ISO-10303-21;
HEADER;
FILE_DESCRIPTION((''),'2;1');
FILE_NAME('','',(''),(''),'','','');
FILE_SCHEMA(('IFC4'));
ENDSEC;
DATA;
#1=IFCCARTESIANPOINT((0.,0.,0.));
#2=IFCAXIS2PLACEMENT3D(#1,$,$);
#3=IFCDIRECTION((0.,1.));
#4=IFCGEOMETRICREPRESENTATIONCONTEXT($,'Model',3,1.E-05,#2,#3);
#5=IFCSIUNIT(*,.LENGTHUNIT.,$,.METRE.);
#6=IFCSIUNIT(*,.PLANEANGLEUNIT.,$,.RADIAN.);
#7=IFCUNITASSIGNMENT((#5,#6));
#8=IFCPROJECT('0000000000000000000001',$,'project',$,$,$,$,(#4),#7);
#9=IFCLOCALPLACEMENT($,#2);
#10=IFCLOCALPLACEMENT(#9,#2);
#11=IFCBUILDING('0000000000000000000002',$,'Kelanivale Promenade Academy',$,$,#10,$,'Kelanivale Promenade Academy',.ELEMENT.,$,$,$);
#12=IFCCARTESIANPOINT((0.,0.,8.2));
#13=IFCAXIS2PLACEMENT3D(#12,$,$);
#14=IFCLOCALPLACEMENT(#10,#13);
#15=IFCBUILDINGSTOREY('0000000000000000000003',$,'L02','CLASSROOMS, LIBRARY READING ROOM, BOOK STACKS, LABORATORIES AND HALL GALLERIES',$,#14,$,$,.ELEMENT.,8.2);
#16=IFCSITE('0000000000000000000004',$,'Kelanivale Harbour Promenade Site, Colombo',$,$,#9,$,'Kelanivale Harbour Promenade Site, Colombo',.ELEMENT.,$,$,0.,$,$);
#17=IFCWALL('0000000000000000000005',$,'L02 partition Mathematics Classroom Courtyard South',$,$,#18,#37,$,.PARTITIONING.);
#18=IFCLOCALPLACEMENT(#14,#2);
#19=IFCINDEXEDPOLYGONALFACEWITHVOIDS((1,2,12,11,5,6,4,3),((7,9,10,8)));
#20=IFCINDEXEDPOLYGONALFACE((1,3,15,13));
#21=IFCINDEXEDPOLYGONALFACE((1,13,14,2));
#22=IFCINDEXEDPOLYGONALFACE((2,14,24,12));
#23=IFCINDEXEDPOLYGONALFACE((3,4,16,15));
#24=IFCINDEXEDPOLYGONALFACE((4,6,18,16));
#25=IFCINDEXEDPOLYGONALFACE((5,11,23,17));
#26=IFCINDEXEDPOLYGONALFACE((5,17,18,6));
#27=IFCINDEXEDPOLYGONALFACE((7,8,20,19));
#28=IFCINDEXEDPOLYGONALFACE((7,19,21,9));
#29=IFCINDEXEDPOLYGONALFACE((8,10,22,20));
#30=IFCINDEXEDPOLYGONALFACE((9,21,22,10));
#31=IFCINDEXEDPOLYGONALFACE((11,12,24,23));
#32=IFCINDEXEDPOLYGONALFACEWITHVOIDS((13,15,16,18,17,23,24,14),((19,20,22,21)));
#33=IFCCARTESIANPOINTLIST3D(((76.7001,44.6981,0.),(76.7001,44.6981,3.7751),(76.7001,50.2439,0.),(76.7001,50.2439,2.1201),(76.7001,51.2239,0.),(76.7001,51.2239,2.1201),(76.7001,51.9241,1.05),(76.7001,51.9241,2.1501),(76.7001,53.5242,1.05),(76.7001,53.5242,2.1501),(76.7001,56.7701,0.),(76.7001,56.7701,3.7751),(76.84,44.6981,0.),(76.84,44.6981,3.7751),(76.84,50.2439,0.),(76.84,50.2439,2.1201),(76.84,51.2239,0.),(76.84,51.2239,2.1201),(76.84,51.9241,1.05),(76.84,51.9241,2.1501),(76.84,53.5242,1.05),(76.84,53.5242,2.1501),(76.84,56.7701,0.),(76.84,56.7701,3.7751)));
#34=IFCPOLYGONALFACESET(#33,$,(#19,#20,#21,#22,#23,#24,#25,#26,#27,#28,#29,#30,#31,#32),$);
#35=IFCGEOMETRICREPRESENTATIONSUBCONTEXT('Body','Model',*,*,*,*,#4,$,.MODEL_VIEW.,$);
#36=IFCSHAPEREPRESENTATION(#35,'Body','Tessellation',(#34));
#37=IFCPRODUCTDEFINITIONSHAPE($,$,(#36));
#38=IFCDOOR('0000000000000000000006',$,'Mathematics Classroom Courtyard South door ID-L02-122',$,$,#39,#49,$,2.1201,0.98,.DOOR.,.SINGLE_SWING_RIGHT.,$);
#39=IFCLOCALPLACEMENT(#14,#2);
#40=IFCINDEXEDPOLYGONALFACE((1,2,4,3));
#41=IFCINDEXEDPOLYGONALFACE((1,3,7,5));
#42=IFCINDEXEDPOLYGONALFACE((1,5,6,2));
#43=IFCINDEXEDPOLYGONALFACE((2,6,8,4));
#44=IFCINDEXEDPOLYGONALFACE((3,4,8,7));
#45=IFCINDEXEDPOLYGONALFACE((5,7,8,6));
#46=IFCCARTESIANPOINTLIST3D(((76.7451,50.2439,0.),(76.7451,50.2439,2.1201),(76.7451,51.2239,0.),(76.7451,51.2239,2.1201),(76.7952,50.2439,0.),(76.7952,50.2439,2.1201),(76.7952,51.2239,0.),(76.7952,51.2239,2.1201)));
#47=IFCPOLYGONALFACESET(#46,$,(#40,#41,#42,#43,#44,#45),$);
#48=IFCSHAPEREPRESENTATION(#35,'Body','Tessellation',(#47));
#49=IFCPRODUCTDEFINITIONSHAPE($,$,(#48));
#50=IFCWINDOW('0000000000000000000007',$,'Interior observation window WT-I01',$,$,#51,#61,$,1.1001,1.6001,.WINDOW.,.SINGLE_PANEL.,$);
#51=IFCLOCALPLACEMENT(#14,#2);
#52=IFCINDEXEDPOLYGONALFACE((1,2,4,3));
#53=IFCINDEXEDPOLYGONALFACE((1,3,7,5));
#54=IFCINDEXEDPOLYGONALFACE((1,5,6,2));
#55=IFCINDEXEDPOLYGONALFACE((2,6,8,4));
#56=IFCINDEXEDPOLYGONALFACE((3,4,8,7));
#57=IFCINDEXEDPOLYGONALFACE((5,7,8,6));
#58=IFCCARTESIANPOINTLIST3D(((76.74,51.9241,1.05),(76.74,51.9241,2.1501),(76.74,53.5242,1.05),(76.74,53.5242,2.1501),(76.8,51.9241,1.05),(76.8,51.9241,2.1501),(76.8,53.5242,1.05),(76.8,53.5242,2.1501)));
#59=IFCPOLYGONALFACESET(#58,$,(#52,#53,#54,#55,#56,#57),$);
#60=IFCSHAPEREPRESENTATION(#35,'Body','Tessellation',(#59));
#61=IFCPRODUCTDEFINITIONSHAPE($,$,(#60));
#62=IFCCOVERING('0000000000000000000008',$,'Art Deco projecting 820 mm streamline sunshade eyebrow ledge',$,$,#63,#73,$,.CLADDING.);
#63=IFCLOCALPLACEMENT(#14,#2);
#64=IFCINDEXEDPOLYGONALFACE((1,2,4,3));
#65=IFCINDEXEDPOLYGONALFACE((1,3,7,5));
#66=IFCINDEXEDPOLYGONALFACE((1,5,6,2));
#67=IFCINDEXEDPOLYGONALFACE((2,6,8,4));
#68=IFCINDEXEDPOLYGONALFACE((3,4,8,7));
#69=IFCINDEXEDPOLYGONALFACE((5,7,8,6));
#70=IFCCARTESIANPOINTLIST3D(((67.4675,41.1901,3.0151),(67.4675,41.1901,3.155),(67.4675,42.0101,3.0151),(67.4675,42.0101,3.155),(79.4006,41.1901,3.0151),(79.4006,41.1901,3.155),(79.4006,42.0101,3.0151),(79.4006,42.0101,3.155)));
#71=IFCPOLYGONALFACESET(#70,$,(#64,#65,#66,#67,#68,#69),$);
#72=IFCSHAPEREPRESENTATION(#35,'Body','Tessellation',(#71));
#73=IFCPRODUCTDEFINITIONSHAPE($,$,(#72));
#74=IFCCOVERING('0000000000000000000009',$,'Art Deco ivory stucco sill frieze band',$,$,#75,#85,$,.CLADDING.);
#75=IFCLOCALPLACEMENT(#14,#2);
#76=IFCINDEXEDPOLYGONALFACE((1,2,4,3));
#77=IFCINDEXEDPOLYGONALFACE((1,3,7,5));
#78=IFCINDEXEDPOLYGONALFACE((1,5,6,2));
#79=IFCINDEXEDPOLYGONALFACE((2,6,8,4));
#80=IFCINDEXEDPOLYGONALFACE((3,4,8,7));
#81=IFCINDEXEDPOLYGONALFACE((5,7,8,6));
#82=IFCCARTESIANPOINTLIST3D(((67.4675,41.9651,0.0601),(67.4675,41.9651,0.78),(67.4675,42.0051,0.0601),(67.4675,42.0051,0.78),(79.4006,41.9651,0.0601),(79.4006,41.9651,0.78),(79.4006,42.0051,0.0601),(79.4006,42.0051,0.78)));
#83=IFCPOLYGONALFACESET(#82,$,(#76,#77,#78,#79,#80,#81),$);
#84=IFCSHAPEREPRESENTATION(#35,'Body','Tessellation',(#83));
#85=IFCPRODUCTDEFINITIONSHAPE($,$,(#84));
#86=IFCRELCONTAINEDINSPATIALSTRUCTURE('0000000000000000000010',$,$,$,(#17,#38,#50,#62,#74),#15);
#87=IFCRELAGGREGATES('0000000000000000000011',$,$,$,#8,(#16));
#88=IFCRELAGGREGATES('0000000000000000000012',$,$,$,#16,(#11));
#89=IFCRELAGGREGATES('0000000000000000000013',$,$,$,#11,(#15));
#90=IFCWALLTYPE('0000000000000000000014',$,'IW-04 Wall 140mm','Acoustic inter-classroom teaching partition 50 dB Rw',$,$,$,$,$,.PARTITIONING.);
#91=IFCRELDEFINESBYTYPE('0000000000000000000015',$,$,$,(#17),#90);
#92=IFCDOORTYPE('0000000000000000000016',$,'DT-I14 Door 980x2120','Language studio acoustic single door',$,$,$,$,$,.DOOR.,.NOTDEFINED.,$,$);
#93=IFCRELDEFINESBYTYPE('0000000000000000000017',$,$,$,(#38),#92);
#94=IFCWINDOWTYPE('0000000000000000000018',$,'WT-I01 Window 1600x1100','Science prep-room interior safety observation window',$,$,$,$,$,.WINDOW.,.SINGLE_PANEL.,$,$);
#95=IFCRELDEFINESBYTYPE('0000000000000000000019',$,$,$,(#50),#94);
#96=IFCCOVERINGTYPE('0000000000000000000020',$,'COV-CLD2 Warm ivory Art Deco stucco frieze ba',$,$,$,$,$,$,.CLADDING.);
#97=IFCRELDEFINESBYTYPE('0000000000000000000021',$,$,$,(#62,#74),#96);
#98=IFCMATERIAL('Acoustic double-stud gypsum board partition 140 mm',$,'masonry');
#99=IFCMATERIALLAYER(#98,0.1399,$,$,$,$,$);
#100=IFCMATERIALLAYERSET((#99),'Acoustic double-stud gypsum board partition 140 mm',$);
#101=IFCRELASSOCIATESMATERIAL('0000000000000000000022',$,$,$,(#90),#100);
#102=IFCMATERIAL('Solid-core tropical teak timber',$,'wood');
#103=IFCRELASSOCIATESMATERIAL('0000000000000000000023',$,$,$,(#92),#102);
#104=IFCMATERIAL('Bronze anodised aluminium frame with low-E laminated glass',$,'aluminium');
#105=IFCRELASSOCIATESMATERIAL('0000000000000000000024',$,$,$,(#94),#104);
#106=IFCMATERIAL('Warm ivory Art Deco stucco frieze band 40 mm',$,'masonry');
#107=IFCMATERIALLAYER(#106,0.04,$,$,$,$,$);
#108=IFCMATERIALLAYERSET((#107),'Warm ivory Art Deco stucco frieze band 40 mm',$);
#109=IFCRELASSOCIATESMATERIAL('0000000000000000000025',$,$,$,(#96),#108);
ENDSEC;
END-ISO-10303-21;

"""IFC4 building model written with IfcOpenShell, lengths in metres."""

from ifc_helpers import new_model, si_unit, direction, frame, frame_2d, origin, origin_2d, place, context, subcontext, project, spatial, rectangle, extrude, material, layer, layer_set, type_object, element, fill, save


model = new_model("IFC4")

# Units and contexts
model_context = context("Model", 3, precision=1e-05, world=origin(), true_north=direction((0.0, 1.0)))
body_context = subcontext(model_context, "Body", "Model", "MODEL_VIEW")
ifc_project = project(units=[si_unit("LENGTHUNIT", "METRE"), si_unit("PLANEANGLEUNIT", "RADIAN")], contexts=[model_context])

# Site, building, storey
site_placement = place(None, origin())
site = spatial("IfcSite", under=ifc_project, at=site_placement, Name="Kelanivale Harbour Promenade Site, Colombo", LongName="Kelanivale Harbour Promenade Site, Colombo", CompositionType="ELEMENT", RefElevation=0.0)
building_placement = place(site_placement, origin())
building = spatial("IfcBuilding", under=site, at=building_placement, Name="Kelanivale Promenade Academy", LongName="Kelanivale Promenade Academy", CompositionType="ELEMENT")
storey_placement = place(building_placement, frame((0.0, 0.0, 8.2)))
storey = spatial("IfcBuildingStorey", under=building, at=storey_placement, Name="L02", Description="CLASSROOMS, LIBRARY READING ROOM, BOOK STACKS, LABORATORIES AND HALL GALLERIES", CompositionType="ELEMENT", Elevation=8.2)

# Shared definitions
ifc_material_1 = material(Name="Bronze anodised aluminium frame with low-E laminated glass", Category="aluminium")

# Shared definitions
ifc_material_2 = material(Name="Acoustic double-stud gypsum board partition 140 mm", Category="masonry")
ifc_layer_1 = layer(ifc_material_2, 0.1399)
ifc_layer_set_1 = layer_set([ifc_layer_1], Name="Acoustic double-stud gypsum board partition 140 mm")
wall_type_1 = type_object("IfcWallType", Name="IW-04 Wall 140mm", Description="Acoustic inter-classroom teaching partition 50 dB Rw", PredefinedType="PARTITIONING", material=ifc_layer_set_1)

# Wall, openings, door, window
wall_1_placement = place(storey_placement, frame((76.77, 44.698, 0.0), z_axis=(0.0, 0.0, 1.0), x_axis=(0.0, 1.0, 0.0)))
wall_1 = element("IfcWall", 1, at=wall_1_placement, inside=storey, type_object=wall_type_1, Name="L02 partition Mathematics Classroom Courtyard South", PredefinedType="PARTITIONING", context=body_context, shape_type="SweptSolid", body=[
    extrude(rectangle(XDim=12.072, YDim=0.1399, at=frame_2d((6.0361, 0.0))), origin(), (0.0, 0.0, 1.0), 3.7751),
])
opening_1_placement = place(wall_1_placement, frame((5.5459, 0.0, 0.0)))
opening_1 = element("IfcOpeningElement", 2, at=opening_1_placement, cuts=wall_1, PredefinedType="OPENING", context=body_context, shape_type="SweptSolid", body=[
    extrude(rectangle(XDim=0.98, YDim=2.1201, at=frame_2d((0.49, 1.0601))), frame((0.0, 0.0801, 0.0), z_axis=(0.0, -1.0, 0.0), x_axis=(1.0, 0.0, 0.0)), (0.0, 0.0, 1.0), 0.1599),
])
opening_2_placement = place(wall_1_placement, frame((7.2261, 0.0, 1.05)))
opening_2 = element("IfcOpeningElement", 3, at=opening_2_placement, cuts=wall_1, PredefinedType="OPENING", context=body_context, shape_type="SweptSolid", body=[
    extrude(rectangle(XDim=1.6001, YDim=1.1001, at=frame_2d((0.8, 0.55))), frame((0.0, 0.0801, 0.0), z_axis=(0.0, -1.0, 0.0), x_axis=(1.0, 0.0, 0.0)), (0.0, 0.0, 1.0), 0.1599),
])
ifc_material_3 = material(Name="Solid-core tropical teak timber", Category="wood")
door_type_1 = type_object("IfcDoorType", Name="DT-I14 Door 980x2120", Description="Language studio acoustic single door", OperationType="NOTDEFINED", PredefinedType="DOOR", material=ifc_material_3)
door_1_placement = place(opening_1_placement, origin())
door_1 = element("IfcDoor", 4, at=door_1_placement, inside=storey, type_object=door_type_1, Name="Mathematics Classroom Courtyard South door ID-L02-122", OperationType="SINGLE_SWING_RIGHT", OverallHeight=2.1201, OverallWidth=0.98, PredefinedType="DOOR", context=body_context, shape_type="SweptSolid", body=[
    extrude(rectangle(XDim=0.98, YDim=2.1201, at=frame_2d((0.49, 1.0601))), frame((0.0, 0.0249, 0.0), z_axis=(0.0, -1.0, 0.0), x_axis=(1.0, 0.0, 0.0)), (0.0, 0.0, 1.0), 0.05),
])
fill(opening_1, door_1)
window_type_1 = type_object("IfcWindowType", Name="WT-I01 Window 1600x1100", Description="Science prep-room interior safety observation window", PartitioningType="SINGLE_PANEL", PredefinedType="WINDOW", material=ifc_material_1)
window_1_placement = place(opening_2_placement, origin())
window_1 = element("IfcWindow", 5, at=window_1_placement, inside=storey, type_object=window_type_1, Name="Interior observation window WT-I01", OverallHeight=1.1001, OverallWidth=1.6001, PartitioningType="SINGLE_PANEL", PredefinedType="WINDOW", context=body_context, shape_type="SweptSolid", body=[
    extrude(rectangle(XDim=1.6001, YDim=1.1001, at=frame_2d((0.8, 0.55))), frame((0.0, 0.03, 0.0), z_axis=(0.0, -1.0, 0.0), x_axis=(1.0, 0.0, 0.0)), (0.0, 0.0, 1.0), 0.0601),
])
fill(opening_2, window_1)

# Coverings
ifc_material_4 = material(Name="Warm ivory Art Deco stucco frieze band 40 mm", Category="masonry")
ifc_layer_2 = layer(ifc_material_4, 0.04)
ifc_layer_set_2 = layer_set([ifc_layer_2], Name="Warm ivory Art Deco stucco frieze band 40 mm")
covering_type = type_object("IfcCoveringType", Name="COV-CLD2 Warm ivory Art Deco stucco frieze ba", PredefinedType="CLADDING", material=ifc_layer_set_2)
covering_1_placement = place(storey_placement, frame((73.4341, 41.6001, 3.0151), z_axis=(0.0, 0.0, 1.0), x_axis=(1.0, 0.0, 0.0)))
element("IfcCovering", 6, at=covering_1_placement, inside=storey, type_object=covering_type, Name="Art Deco projecting 820 mm streamline sunshade eyebrow ledge", PredefinedType="CLADDING", context=body_context, shape_type="SweptSolid", body=[
    extrude(rectangle(XDim=11.9331, YDim=0.8201, at=origin_2d()), origin(), (0.0, 0.0, 1.0), 0.1399),
])
covering_2_placement = place(storey_placement, frame((73.4341, 41.9851, 0.0601), z_axis=(0.0, 0.0, 1.0), x_axis=(1.0, 0.0, 0.0)))
element("IfcCovering", 7, at=covering_2_placement, inside=storey, type_object=covering_type, Name="Art Deco ivory stucco sill frieze band", PredefinedType="CLADDING", context=body_context, shape_type="SweptSolid", body=[
    extrude(rectangle(XDim=11.9331, YDim=0.04, at=origin_2d()), origin(), (0.0, 0.0, 1.0), 0.72),
])

save(model, "model.ifc")
